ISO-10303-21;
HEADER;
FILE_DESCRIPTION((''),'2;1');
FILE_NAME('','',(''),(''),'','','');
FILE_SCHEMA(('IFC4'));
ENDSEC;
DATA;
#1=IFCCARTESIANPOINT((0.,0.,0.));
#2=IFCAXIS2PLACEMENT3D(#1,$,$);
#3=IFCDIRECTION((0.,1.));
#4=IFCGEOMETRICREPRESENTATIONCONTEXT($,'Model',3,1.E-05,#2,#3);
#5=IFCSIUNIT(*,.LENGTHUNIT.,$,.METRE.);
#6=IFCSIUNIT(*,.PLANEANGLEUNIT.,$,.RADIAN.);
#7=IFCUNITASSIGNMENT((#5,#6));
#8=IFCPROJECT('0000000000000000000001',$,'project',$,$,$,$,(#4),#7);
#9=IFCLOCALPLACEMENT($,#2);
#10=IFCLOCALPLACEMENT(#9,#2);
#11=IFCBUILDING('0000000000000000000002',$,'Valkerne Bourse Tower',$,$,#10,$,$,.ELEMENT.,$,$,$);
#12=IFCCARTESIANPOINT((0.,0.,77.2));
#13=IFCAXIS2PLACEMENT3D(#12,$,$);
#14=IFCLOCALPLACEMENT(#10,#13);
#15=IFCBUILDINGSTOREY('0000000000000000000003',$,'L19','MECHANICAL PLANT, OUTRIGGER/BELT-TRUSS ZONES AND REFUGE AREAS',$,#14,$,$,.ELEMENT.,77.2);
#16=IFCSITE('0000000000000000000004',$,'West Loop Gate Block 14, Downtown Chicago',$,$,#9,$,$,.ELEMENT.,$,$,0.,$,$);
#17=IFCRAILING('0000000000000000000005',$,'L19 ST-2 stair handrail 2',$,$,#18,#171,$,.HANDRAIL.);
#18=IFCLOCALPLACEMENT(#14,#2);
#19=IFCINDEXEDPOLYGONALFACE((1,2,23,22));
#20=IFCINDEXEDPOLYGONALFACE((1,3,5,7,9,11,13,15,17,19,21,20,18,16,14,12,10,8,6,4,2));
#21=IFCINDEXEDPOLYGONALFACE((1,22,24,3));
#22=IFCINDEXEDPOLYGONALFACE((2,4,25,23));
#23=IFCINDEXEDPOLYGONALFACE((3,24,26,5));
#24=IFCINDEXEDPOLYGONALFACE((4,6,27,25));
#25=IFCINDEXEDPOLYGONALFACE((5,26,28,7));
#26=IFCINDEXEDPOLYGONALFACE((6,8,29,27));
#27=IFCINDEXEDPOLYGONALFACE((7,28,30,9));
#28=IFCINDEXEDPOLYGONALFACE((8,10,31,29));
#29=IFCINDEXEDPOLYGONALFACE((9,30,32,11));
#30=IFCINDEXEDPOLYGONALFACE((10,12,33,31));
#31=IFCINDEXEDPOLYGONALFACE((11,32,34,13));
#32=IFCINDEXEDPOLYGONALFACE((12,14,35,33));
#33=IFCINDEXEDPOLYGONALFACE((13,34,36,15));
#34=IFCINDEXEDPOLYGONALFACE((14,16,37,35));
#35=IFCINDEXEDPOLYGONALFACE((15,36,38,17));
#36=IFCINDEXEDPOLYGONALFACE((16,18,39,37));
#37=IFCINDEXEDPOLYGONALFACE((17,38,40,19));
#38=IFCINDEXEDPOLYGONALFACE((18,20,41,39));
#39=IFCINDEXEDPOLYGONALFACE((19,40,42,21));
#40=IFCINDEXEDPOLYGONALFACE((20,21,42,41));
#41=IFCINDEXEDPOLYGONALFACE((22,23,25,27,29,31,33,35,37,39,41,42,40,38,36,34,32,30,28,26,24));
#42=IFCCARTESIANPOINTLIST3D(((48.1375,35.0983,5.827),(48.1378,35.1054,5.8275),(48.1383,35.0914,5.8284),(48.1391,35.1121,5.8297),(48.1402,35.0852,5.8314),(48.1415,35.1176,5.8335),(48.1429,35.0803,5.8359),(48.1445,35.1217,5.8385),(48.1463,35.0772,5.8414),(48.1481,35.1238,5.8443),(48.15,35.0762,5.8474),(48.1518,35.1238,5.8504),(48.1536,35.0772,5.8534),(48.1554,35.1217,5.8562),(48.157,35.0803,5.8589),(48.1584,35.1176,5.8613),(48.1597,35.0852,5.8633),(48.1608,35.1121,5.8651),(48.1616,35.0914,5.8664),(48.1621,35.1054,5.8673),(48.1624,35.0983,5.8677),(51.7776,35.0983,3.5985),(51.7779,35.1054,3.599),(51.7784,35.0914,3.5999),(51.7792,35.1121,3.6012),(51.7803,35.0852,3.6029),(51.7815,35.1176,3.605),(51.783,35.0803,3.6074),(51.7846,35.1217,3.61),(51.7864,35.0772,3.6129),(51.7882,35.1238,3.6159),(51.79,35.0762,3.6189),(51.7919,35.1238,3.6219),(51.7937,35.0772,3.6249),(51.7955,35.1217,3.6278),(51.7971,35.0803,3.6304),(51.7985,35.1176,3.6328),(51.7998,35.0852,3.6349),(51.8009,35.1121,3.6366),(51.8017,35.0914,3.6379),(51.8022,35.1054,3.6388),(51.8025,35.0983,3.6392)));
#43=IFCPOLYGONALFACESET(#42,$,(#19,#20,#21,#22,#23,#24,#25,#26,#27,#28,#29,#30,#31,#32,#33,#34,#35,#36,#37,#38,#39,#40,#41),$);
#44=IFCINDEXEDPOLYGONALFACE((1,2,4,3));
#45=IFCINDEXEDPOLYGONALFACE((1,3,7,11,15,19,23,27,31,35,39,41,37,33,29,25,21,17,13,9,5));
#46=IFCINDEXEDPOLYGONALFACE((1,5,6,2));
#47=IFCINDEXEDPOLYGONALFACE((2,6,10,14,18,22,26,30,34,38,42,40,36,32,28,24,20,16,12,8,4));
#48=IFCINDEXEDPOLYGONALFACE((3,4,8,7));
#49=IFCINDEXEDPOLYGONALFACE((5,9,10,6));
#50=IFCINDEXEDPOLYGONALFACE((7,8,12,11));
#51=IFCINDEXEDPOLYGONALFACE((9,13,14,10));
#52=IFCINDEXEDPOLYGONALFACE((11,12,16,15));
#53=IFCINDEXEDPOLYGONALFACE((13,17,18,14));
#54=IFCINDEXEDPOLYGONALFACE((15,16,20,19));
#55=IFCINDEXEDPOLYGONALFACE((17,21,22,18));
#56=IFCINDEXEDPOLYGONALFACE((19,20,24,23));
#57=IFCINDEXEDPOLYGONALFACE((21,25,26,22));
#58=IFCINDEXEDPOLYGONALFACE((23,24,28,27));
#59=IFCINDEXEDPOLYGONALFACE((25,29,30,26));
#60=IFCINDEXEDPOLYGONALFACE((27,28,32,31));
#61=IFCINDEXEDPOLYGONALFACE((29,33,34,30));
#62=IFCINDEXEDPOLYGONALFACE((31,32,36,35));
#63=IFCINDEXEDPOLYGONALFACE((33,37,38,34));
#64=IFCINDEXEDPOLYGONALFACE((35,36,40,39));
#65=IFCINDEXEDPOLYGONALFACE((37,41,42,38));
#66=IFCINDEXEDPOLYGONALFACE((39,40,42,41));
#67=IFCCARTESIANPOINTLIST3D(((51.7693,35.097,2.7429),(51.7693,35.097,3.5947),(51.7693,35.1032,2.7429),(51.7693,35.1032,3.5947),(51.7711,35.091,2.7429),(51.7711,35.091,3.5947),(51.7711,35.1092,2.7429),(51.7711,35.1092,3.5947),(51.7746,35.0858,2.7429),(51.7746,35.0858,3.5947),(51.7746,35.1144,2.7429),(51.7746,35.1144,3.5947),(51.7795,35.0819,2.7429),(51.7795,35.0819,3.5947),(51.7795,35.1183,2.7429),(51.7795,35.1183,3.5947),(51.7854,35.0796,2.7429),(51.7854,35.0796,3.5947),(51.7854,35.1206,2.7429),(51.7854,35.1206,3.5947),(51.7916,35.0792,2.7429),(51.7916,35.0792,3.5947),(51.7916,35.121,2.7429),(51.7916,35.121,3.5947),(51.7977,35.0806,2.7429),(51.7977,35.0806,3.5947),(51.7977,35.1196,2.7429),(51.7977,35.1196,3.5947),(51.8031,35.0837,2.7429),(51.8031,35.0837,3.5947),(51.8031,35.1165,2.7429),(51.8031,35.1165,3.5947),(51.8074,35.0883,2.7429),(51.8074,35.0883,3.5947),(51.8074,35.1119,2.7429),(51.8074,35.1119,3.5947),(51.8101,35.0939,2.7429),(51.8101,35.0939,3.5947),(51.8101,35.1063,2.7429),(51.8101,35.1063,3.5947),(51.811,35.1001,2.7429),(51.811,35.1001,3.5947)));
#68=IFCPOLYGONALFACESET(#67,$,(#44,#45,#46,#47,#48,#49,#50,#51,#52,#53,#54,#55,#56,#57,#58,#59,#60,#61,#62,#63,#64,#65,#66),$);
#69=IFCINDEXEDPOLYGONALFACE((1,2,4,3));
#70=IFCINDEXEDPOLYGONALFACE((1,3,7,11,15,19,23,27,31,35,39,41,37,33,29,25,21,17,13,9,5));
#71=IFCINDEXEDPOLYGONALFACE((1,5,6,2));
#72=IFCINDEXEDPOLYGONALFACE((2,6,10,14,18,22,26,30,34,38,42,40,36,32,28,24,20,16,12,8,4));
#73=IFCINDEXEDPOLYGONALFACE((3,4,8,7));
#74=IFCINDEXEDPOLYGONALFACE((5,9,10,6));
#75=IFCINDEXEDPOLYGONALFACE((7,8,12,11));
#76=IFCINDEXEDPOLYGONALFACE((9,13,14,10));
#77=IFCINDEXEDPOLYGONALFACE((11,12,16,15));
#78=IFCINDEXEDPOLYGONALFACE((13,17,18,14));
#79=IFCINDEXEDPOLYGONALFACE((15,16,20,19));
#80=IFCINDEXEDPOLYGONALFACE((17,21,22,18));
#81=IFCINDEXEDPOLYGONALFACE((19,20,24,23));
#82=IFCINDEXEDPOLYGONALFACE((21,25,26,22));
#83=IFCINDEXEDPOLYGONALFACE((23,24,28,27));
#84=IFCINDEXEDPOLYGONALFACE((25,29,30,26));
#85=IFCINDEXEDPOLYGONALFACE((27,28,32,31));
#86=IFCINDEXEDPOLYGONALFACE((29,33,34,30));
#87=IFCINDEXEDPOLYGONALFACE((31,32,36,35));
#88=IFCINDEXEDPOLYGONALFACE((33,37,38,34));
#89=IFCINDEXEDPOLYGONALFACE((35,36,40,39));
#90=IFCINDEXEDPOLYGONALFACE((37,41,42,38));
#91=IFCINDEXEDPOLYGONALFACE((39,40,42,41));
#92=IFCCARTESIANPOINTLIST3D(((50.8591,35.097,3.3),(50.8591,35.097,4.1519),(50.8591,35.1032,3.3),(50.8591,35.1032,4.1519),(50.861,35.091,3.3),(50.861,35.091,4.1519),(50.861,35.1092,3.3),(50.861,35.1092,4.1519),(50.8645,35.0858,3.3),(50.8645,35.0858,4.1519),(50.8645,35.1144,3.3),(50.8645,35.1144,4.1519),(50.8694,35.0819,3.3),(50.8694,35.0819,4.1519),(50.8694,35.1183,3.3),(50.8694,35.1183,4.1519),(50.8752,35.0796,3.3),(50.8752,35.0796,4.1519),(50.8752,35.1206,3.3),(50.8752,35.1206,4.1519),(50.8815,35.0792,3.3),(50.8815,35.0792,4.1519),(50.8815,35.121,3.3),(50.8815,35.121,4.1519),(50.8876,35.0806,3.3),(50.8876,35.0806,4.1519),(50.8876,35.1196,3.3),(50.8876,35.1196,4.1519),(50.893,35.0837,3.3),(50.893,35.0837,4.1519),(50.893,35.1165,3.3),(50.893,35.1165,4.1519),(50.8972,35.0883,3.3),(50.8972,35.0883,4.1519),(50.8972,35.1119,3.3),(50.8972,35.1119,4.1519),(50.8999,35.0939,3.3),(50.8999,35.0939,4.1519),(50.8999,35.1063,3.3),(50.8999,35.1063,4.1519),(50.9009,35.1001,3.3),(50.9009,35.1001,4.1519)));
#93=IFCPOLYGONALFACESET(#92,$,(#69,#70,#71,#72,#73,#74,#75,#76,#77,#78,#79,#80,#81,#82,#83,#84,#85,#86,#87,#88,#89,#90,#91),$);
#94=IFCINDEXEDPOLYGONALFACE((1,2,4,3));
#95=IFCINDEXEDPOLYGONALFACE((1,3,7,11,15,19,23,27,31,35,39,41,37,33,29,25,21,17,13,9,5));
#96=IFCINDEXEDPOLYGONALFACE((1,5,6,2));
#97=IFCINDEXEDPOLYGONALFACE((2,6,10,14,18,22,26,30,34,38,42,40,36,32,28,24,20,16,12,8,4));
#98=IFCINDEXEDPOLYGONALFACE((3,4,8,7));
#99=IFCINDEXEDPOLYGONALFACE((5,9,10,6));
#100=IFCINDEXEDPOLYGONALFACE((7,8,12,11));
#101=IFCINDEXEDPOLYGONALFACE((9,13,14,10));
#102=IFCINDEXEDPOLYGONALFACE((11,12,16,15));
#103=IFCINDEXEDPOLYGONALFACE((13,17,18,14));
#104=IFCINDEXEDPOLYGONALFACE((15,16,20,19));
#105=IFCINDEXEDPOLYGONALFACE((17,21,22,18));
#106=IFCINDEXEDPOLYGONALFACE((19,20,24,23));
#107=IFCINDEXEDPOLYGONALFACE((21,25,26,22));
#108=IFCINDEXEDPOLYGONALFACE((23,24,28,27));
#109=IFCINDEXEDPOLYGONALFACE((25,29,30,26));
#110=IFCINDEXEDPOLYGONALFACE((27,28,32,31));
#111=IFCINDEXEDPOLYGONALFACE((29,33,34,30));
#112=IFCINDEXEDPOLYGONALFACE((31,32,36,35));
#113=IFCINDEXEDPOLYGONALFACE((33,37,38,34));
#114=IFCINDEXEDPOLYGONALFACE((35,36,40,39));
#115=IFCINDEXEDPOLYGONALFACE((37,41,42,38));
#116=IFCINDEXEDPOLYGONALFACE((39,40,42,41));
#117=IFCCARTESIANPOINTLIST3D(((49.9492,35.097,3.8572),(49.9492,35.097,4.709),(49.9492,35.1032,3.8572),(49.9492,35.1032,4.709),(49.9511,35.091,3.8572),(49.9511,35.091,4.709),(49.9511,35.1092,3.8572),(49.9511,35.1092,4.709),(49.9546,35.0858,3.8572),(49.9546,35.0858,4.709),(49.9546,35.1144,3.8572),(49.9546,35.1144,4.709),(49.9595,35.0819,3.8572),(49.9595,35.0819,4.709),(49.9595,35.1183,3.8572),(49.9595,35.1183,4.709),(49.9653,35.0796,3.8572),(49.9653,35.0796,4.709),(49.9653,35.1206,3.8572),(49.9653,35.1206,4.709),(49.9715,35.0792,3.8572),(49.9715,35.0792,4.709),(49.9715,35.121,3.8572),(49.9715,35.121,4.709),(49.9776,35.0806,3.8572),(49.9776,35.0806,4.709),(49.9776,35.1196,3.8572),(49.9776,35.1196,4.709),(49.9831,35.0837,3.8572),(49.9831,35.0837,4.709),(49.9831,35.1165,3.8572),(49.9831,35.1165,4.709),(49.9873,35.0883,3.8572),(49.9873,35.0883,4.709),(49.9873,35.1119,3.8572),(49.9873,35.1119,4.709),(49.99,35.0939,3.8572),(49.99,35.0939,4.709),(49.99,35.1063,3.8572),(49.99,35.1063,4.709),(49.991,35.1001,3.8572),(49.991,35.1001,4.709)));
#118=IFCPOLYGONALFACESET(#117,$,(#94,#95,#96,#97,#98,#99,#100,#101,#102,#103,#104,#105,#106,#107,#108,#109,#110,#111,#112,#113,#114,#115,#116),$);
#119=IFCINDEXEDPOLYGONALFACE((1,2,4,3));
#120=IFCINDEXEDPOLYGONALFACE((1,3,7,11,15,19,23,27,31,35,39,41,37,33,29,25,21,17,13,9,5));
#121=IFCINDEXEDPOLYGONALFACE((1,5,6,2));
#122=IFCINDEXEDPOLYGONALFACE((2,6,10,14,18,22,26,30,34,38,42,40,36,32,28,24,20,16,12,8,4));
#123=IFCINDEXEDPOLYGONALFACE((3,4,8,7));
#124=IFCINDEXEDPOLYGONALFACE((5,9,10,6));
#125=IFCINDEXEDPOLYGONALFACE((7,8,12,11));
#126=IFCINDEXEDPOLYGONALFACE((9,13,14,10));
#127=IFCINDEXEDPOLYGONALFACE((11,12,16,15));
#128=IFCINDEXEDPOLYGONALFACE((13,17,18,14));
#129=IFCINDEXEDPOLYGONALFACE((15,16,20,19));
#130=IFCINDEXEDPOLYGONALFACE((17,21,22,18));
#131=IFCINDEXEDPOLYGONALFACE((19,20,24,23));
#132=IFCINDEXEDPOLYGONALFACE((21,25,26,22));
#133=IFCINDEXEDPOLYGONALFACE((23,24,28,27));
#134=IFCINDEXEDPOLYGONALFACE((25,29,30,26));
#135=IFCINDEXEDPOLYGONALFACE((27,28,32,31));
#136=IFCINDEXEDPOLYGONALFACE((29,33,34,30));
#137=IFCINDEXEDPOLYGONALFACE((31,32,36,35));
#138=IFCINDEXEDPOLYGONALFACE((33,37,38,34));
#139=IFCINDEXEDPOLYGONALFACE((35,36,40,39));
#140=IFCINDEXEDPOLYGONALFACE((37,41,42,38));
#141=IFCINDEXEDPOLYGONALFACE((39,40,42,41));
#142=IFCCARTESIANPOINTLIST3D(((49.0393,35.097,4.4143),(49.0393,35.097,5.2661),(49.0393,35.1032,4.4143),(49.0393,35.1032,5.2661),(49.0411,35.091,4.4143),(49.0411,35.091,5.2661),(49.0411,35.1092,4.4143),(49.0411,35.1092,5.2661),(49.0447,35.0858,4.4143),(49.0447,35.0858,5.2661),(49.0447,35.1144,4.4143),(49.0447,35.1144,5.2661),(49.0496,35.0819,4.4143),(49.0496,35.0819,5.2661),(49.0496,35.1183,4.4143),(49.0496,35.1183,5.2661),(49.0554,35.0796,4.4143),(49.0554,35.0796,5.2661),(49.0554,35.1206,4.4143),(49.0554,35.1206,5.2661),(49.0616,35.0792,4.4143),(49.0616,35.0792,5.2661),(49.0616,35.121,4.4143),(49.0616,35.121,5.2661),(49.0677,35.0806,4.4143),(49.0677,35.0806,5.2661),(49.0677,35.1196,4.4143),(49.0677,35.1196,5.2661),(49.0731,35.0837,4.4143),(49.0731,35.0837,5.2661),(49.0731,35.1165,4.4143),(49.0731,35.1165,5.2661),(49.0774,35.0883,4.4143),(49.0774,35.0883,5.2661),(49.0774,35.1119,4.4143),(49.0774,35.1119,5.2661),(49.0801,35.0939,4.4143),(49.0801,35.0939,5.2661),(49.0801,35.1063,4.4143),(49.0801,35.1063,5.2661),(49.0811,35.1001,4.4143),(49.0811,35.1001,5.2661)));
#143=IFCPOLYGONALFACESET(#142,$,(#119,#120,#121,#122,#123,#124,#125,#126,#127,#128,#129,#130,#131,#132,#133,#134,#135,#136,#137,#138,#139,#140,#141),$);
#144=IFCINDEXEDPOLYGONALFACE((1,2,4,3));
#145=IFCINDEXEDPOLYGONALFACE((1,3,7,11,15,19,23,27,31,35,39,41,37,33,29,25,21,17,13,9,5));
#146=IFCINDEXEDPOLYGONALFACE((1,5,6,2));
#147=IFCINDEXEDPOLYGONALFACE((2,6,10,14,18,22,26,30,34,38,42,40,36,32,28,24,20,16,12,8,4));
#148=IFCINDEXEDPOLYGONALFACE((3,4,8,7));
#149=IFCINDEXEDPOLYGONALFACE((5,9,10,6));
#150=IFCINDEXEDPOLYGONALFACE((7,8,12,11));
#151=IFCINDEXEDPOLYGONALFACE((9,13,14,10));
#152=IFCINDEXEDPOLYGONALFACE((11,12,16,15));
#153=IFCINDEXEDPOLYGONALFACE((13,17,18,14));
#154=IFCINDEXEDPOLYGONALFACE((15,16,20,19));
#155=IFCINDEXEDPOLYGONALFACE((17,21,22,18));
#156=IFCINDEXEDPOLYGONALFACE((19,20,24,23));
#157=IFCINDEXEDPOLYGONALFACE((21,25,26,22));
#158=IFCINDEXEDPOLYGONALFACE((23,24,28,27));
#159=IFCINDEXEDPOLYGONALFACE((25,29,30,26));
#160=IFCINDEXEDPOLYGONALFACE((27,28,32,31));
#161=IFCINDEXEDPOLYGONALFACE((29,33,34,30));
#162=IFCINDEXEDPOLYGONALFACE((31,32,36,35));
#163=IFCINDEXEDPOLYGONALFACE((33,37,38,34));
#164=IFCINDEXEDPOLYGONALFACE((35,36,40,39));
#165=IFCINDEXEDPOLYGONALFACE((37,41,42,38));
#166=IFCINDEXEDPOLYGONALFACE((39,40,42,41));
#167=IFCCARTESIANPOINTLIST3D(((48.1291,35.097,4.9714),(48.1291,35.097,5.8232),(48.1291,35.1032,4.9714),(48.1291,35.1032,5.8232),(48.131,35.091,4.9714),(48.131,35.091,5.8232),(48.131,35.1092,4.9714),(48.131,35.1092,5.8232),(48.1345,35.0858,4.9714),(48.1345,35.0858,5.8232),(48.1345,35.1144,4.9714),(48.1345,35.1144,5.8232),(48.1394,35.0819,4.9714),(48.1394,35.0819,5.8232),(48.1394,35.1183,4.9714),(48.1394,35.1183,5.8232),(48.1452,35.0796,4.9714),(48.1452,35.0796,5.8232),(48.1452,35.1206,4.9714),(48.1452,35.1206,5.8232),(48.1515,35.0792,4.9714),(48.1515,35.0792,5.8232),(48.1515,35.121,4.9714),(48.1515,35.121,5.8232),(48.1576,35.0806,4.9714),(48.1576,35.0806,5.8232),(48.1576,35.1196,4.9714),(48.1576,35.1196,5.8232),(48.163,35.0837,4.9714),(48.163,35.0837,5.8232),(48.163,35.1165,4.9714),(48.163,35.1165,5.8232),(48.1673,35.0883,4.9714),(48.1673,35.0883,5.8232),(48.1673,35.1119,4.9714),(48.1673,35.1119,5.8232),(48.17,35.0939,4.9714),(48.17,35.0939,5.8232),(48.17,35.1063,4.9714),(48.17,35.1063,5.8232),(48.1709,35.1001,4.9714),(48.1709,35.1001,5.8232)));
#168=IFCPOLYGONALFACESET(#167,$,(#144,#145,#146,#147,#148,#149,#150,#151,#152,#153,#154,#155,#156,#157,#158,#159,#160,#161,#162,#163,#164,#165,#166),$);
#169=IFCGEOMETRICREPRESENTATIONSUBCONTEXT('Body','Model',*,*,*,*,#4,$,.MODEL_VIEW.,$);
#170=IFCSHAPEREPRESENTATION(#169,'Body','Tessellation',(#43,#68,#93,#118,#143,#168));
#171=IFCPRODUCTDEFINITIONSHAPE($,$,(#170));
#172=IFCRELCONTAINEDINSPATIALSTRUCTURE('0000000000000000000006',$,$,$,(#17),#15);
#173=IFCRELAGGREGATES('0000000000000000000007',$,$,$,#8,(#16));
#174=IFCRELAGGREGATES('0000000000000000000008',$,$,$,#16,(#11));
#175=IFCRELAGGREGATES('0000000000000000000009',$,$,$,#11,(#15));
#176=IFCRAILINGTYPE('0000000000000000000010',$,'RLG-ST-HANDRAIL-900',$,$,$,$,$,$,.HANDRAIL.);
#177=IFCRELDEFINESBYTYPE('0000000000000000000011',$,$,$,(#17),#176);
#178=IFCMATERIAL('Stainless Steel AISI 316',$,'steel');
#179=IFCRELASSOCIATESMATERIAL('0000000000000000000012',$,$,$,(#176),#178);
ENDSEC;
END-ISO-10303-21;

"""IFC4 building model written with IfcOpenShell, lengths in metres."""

from ifc_helpers import new_model, si_unit, direction, frame, origin, origin_2d, place, context, subcontext, project, spatial, circle, extrude, material, type_object, element, save


model = new_model("IFC4")

# Units and contexts
model_context = context("Model", 3, precision=1e-05, world=origin(), true_north=direction((0.0, 1.0)))
body_context = subcontext(model_context, "Body", "Model", "MODEL_VIEW")
ifc_project = project(units=[si_unit("LENGTHUNIT", "METRE"), si_unit("PLANEANGLEUNIT", "RADIAN")], contexts=[model_context])

# Site, building, storey
site_placement = place(None, origin())
site = spatial("IfcSite", under=ifc_project, at=site_placement, Name="West Loop Gate Block 14, Downtown Chicago", CompositionType="ELEMENT", RefElevation=0.0)
building_placement = place(site_placement, origin())
building = spatial("IfcBuilding", under=site, at=building_placement, Name="Valkerne Bourse Tower", CompositionType="ELEMENT")
storey_placement = place(building_placement, frame((0.0, 0.0, 77.2)))
storey = spatial("IfcBuildingStorey", under=building, at=storey_placement, Name="L19", Description="MECHANICAL PLANT, OUTRIGGER/BELT-TRUSS ZONES AND REFUGE AREAS", CompositionType="ELEMENT", Elevation=77.2)

# Railing
ifc_material_1 = material(Name="Stainless Steel AISI 316", Category="steel")
railing_type_1 = type_object("IfcRailingType", Name="RLG-ST-HANDRAIL-900", PredefinedType="HANDRAIL", material=ifc_material_1)
railing_1_placement = place(storey_placement, frame((51.79, 35.1001, 2.7429)))
element("IfcRailing", 1, at=railing_1_placement, inside=storey, type_object=railing_type_1, Name="L19 ST-2 stair handrail 2", PredefinedType="HANDRAIL", context=body_context, shape_type="SweptSolid", body=[
    extrude(circle(Radius=0.0239, at=origin_2d()), frame((0.0, 0.0, 0.876), z_axis=(-0.852866, 0.0, 0.52213), x_axis=(0.0, -1.0, 0.0)), (0.0, 0.0, 1.0), 4.2681),
    extrude(circle(Radius=0.021, at=origin_2d()), origin(), (0.0, 0.0, 1.0), 0.8518),
    extrude(circle(Radius=0.021, at=origin_2d()), frame((-0.9102, 0.0, 0.5571)), (0.0, 0.0, 1.0), 0.8518),
    extrude(circle(Radius=0.021, at=origin_2d()), frame((-1.8201, 0.0, 1.1143)), (0.0, 0.0, 1.0), 0.8518),
    extrude(circle(Radius=0.021, at=origin_2d()), frame((-2.73, 0.0, 1.6714)), (0.0, 0.0, 1.0), 0.8518),
    extrude(circle(Radius=0.021, at=origin_2d()), frame((-3.6401, 0.0, 2.2285)), (0.0, 0.0, 1.0), 0.8518),
])

save(model, "model.ifc")
